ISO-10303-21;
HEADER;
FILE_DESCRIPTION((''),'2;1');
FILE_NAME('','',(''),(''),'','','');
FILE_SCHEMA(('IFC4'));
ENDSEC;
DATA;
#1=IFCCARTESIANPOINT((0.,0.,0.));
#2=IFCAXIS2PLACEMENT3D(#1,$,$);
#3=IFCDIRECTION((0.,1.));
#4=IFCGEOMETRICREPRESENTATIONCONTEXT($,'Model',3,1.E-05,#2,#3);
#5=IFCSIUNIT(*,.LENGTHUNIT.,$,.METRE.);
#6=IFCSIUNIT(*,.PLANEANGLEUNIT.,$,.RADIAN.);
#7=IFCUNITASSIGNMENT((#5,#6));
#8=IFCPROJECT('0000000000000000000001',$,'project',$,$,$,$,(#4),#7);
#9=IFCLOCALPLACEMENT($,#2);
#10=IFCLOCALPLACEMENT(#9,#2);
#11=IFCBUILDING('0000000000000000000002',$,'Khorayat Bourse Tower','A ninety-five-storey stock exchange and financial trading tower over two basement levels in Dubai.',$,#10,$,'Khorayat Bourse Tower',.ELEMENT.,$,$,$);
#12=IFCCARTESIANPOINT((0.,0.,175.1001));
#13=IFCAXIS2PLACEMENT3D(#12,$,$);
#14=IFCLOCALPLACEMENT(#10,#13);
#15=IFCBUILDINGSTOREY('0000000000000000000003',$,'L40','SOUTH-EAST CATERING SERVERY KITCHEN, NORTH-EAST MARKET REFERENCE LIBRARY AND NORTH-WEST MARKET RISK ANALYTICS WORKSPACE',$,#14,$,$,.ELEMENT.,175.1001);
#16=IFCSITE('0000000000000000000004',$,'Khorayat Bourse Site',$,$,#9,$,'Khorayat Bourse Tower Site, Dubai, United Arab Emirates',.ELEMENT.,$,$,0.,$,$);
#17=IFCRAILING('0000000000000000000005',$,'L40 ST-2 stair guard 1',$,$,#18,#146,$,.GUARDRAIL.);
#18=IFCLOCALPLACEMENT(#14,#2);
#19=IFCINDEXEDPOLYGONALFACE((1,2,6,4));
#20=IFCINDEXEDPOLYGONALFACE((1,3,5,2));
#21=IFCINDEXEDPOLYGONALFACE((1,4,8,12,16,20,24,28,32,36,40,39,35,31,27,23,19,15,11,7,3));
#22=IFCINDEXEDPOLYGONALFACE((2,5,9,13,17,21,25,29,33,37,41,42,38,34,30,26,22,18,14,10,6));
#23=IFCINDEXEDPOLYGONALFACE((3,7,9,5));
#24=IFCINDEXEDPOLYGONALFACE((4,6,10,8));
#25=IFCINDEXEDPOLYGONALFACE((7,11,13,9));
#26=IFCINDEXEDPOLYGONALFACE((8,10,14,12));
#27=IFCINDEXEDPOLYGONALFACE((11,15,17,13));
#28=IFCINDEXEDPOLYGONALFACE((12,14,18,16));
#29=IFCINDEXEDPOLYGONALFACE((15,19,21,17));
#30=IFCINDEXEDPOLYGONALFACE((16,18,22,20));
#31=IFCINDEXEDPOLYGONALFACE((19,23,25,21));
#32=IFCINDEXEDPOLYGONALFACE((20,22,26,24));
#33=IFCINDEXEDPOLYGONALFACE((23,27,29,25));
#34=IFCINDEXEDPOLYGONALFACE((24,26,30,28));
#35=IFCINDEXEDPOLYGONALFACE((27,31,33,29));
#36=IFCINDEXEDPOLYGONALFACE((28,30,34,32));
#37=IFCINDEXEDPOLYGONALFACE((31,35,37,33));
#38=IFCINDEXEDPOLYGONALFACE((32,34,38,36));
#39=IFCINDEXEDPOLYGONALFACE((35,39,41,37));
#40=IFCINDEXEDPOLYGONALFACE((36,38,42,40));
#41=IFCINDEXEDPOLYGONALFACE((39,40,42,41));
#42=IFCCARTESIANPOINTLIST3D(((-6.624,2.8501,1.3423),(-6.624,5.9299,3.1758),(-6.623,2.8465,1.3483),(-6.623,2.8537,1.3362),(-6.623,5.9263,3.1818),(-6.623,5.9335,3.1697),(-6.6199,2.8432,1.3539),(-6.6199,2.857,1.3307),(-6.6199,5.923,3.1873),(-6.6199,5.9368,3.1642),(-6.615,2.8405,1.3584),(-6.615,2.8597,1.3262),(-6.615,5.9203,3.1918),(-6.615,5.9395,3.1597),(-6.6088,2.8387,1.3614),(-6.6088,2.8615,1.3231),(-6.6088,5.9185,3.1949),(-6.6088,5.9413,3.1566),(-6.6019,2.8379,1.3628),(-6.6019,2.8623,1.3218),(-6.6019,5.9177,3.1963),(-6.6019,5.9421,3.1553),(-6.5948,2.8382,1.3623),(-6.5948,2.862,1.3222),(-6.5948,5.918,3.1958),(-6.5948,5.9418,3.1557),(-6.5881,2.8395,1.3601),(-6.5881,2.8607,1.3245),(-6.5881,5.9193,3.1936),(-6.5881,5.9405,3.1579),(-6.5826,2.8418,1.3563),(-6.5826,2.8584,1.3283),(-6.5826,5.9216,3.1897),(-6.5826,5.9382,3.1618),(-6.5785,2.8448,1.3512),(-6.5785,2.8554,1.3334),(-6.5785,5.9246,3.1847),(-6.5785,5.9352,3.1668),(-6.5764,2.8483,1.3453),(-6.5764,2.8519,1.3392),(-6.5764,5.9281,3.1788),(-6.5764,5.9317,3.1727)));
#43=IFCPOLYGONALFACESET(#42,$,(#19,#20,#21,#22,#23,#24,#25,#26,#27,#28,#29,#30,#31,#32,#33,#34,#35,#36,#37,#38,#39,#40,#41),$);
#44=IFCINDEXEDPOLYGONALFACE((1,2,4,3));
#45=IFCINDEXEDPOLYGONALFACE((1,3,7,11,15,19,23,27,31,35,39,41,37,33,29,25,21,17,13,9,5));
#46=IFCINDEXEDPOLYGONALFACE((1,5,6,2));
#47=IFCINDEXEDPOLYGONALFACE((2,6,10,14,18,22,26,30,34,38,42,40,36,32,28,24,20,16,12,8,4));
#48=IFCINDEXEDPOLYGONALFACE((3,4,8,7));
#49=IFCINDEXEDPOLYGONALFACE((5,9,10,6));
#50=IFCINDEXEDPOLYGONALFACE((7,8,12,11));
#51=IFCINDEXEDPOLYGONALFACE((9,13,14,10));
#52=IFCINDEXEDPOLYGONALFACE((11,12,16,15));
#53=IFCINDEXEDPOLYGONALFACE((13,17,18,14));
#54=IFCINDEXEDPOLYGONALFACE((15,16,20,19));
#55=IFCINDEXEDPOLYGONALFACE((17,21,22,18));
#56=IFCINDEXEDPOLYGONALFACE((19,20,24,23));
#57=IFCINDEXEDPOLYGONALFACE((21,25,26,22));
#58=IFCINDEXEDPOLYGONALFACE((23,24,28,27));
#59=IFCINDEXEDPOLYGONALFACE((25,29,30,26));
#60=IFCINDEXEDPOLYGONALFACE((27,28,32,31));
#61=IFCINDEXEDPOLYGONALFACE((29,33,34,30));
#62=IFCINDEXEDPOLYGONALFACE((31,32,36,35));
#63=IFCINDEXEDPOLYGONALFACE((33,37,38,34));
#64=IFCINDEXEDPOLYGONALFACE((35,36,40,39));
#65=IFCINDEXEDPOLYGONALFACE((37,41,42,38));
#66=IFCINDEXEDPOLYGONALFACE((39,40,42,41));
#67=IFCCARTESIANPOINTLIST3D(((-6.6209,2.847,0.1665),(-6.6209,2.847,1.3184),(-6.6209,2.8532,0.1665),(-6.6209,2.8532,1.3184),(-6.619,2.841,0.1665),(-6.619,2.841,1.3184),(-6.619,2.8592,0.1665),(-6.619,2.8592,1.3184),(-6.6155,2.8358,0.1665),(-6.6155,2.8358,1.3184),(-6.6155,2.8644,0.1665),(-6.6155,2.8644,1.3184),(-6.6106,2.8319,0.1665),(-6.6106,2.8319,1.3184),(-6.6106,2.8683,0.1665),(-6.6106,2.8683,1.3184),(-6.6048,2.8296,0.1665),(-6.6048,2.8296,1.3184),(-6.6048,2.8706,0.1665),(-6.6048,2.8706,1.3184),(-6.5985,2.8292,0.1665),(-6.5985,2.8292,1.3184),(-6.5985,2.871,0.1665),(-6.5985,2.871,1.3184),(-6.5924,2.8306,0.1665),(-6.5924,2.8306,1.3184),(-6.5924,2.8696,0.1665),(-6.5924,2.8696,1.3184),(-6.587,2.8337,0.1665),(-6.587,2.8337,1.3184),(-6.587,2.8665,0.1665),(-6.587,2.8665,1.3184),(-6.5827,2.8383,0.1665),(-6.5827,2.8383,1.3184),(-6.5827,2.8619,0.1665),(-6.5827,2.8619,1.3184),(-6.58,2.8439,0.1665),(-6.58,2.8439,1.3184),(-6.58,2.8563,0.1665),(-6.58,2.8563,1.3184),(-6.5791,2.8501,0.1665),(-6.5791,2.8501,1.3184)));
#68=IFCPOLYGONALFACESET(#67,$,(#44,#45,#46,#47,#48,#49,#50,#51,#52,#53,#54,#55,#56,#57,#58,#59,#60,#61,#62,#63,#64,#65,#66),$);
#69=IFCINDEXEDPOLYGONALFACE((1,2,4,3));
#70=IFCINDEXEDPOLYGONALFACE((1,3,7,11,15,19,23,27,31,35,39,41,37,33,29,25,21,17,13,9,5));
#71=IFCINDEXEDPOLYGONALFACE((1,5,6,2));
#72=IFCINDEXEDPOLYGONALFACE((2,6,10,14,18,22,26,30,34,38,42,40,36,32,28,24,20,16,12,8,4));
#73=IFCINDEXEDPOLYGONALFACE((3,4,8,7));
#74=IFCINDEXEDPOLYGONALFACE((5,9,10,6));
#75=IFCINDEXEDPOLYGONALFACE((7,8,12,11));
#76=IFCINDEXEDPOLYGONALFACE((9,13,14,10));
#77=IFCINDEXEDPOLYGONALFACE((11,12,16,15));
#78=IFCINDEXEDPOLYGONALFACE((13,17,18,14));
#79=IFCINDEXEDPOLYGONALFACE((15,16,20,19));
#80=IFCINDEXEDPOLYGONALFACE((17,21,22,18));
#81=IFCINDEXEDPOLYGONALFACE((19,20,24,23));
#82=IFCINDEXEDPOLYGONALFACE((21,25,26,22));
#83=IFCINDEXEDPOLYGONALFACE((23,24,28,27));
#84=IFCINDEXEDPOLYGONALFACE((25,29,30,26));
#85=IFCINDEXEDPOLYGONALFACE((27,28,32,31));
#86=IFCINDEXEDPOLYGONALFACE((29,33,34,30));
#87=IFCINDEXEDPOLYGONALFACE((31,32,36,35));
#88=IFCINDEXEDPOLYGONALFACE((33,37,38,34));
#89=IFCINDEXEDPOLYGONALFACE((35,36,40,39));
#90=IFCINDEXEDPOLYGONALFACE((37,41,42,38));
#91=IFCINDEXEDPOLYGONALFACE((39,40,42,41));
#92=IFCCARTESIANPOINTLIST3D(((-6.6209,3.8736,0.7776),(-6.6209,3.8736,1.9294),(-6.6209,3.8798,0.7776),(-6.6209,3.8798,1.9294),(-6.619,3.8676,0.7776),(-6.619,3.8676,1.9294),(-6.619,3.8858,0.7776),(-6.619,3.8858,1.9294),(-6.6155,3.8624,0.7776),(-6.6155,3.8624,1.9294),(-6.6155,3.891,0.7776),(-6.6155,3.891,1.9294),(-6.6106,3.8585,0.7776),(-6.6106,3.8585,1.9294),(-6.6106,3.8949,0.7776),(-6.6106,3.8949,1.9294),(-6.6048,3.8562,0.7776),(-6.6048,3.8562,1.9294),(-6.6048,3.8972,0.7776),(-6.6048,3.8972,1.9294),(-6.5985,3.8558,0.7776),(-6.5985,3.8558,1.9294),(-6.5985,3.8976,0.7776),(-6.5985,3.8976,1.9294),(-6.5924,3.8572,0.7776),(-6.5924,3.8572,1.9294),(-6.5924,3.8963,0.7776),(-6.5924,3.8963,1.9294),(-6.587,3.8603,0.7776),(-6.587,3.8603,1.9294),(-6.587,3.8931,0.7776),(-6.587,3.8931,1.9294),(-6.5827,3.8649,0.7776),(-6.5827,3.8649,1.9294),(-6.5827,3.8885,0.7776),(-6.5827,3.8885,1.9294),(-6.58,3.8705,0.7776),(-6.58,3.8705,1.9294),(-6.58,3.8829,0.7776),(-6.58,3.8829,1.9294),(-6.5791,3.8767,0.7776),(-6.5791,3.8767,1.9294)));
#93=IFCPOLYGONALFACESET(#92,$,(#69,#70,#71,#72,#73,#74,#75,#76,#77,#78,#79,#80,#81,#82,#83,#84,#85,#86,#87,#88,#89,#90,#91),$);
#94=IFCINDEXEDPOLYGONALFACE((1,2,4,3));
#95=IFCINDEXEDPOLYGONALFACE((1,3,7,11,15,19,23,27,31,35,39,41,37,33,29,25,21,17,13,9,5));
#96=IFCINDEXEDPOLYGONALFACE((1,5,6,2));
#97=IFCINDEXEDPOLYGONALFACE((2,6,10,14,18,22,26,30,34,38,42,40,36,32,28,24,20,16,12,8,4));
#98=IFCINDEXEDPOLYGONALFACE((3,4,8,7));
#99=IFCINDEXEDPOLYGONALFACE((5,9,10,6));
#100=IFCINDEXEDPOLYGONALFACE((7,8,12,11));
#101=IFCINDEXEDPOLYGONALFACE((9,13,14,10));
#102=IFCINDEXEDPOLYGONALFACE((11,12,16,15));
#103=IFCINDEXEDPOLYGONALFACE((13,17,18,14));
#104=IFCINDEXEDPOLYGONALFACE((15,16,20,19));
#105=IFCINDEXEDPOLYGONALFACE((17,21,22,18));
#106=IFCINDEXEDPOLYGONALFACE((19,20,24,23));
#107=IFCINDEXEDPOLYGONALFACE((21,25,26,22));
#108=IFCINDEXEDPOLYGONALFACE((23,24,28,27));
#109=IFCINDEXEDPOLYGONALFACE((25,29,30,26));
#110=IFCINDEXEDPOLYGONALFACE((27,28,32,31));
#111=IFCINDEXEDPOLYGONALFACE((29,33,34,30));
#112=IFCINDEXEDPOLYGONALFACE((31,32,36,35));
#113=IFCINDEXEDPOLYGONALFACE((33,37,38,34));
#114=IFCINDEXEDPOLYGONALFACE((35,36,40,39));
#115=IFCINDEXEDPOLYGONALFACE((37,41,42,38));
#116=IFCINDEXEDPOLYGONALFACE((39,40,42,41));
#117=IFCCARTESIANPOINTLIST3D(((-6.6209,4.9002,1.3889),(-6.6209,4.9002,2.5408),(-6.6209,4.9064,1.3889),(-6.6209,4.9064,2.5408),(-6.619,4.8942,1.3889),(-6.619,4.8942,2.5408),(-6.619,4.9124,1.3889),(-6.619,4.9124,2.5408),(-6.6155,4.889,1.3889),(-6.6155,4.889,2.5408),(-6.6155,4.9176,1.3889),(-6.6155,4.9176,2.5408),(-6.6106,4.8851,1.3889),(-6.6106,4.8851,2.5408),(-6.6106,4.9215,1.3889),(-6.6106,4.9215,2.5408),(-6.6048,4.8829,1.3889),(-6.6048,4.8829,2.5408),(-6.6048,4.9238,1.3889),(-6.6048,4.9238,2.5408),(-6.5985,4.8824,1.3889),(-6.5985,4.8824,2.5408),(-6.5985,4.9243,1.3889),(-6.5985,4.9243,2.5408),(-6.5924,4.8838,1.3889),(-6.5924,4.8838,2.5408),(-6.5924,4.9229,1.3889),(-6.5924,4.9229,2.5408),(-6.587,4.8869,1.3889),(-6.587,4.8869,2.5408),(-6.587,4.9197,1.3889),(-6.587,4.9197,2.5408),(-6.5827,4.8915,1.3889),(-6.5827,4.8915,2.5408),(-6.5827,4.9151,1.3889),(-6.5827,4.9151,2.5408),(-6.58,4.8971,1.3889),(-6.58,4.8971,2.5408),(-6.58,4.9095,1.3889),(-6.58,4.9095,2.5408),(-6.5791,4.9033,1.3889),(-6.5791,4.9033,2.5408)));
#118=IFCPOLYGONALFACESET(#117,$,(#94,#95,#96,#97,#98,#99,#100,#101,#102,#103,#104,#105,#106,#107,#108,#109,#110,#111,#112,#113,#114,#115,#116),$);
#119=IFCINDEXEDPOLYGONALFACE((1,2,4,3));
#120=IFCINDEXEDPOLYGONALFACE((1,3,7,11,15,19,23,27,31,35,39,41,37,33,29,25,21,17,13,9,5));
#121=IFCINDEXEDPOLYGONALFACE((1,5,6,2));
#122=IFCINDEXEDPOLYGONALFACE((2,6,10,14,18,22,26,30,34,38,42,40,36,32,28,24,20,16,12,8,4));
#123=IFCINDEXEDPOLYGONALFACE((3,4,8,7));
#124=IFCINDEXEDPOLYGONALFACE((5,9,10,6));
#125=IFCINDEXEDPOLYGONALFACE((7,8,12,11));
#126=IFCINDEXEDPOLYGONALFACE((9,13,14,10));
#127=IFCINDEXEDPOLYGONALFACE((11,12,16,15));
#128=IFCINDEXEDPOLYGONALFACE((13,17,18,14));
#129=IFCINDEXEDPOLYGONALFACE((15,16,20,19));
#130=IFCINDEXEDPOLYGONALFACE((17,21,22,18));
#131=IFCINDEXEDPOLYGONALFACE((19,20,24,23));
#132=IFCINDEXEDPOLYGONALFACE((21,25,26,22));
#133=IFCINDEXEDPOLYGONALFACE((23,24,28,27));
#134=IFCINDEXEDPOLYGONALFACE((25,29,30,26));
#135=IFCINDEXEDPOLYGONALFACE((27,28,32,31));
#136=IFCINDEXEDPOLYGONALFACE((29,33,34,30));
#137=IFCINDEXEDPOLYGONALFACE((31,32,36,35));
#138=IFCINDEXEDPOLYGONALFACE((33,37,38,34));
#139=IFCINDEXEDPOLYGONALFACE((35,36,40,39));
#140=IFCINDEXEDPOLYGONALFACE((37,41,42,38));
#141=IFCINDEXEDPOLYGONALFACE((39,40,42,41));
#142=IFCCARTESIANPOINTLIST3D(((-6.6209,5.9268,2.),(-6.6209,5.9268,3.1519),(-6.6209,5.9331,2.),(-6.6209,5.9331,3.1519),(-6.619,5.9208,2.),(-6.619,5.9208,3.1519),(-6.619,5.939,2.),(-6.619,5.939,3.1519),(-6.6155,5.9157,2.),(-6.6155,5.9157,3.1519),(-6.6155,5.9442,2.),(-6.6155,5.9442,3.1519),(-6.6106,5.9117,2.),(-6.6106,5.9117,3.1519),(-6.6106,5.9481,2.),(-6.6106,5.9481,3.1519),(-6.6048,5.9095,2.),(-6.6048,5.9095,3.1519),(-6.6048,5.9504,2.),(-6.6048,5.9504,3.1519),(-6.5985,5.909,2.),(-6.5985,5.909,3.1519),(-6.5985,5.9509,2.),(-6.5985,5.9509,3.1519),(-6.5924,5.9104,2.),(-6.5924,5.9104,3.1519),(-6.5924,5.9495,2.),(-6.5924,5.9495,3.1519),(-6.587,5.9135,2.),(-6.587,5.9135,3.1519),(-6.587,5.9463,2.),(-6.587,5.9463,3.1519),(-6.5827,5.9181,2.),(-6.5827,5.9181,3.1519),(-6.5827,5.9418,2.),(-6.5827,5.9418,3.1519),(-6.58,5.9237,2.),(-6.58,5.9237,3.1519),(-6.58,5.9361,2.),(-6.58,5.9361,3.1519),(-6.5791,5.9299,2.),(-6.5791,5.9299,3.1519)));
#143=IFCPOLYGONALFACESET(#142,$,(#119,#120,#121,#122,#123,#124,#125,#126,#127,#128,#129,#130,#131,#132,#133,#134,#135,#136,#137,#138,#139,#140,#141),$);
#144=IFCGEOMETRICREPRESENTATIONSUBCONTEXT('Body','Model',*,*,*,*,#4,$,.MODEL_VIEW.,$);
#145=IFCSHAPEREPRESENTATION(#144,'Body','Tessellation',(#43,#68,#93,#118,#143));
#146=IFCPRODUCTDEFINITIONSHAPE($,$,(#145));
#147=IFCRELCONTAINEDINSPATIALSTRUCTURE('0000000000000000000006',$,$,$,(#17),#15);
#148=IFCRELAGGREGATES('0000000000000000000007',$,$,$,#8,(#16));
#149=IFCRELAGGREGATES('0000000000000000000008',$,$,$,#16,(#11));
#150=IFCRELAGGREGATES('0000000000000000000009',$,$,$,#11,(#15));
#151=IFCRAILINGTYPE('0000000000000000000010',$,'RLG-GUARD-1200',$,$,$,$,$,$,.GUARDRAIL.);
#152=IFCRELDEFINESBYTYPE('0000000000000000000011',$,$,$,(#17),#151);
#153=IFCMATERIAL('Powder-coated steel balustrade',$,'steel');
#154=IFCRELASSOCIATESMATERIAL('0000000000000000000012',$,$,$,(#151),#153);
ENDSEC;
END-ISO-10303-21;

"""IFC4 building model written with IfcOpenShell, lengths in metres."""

from ifc_helpers import new_model, si_unit, direction, frame, origin, origin_2d, place, context, subcontext, project, spatial, circle, extrude, source, transform, mapped, material, type_object, element, save


model = new_model("IFC4")

# Units and contexts
model_context = context("Model", 3, precision=1e-05, world=origin(), true_north=direction((0.0, 1.0)))
body_context = subcontext(model_context, "Body", "Model", "MODEL_VIEW")
ifc_project = project(units=[si_unit("LENGTHUNIT", "METRE"), si_unit("PLANEANGLEUNIT", "RADIAN")], contexts=[model_context])

# Site, building, storey
site_placement = place(None, origin())
site = spatial("IfcSite", under=ifc_project, at=site_placement, Name="Khorayat Bourse Site", LongName="Khorayat Bourse Tower Site, Dubai, United Arab Emirates", CompositionType="ELEMENT", RefElevation=0.0)
building_placement = place(site_placement, origin())
building = spatial("IfcBuilding", under=site, at=building_placement, Name="Khorayat Bourse Tower", Description="A ninety-five-storey stock exchange and financial trading tower over two basement levels in Dubai.", LongName="Khorayat Bourse Tower", CompositionType="ELEMENT")
storey_placement = place(building_placement, frame((0.0, 0.0, 175.1001)))
storey = spatial("IfcBuildingStorey", under=building, at=storey_placement, Name="L40", Description="SOUTH-EAST CATERING SERVERY KITCHEN, NORTH-EAST MARKET REFERENCE LIBRARY AND NORTH-WEST MARKET RISK ANALYTICS WORKSPACE", CompositionType="ELEMENT", Elevation=175.1001)

# Railing
ifc_material_1 = material(Name="Powder-coated steel balustrade", Category="steel")
railing_type_1 = type_object("IfcRailingType", Name="RLG-GUARD-1200", PredefinedType="GUARDRAIL", material=ifc_material_1)
shared_shape_1 = source(origin(), body_context, "Body", "SweptSolid", [
    extrude(circle(Radius=0.0239, at=origin_2d()), frame((0.0, 0.0, 1.1758), z_axis=(0.0, 0.859261, 0.511538), x_axis=(-1.0, 0.0, 0.0)), (0.0, 0.0, 1.0), 3.5842),
    extrude(circle(Radius=0.021, at=origin_2d()), origin(), (0.0, 0.0, 1.0), 1.1519),
    extrude(circle(Radius=0.021, at=origin_2d()), frame((0.0, 1.0266, 0.6111)), (0.0, 0.0, 1.0), 1.1519),
    extrude(circle(Radius=0.021, at=origin_2d()), frame((0.0, 2.0532, 1.2224)), (0.0, 0.0, 1.0), 1.1519),
    extrude(circle(Radius=0.021, at=origin_2d()), frame((0.0, 3.0798, 1.8335)), (0.0, 0.0, 1.0), 1.1519),
])
railing_1_placement = place(storey_placement, frame((-6.6001, 2.8501, 0.1665)))
element("IfcRailing", 1, at=railing_1_placement, inside=storey, type_object=railing_type_1, Name="L40 ST-2 stair guard 1", PredefinedType="GUARDRAIL", context=body_context, shape_type="MappedRepresentation", body=[
    mapped(shared_shape_1, transform((0.0, 0.0, 0.0), scale=1.0)),
])

save(model, "model.ifc")
